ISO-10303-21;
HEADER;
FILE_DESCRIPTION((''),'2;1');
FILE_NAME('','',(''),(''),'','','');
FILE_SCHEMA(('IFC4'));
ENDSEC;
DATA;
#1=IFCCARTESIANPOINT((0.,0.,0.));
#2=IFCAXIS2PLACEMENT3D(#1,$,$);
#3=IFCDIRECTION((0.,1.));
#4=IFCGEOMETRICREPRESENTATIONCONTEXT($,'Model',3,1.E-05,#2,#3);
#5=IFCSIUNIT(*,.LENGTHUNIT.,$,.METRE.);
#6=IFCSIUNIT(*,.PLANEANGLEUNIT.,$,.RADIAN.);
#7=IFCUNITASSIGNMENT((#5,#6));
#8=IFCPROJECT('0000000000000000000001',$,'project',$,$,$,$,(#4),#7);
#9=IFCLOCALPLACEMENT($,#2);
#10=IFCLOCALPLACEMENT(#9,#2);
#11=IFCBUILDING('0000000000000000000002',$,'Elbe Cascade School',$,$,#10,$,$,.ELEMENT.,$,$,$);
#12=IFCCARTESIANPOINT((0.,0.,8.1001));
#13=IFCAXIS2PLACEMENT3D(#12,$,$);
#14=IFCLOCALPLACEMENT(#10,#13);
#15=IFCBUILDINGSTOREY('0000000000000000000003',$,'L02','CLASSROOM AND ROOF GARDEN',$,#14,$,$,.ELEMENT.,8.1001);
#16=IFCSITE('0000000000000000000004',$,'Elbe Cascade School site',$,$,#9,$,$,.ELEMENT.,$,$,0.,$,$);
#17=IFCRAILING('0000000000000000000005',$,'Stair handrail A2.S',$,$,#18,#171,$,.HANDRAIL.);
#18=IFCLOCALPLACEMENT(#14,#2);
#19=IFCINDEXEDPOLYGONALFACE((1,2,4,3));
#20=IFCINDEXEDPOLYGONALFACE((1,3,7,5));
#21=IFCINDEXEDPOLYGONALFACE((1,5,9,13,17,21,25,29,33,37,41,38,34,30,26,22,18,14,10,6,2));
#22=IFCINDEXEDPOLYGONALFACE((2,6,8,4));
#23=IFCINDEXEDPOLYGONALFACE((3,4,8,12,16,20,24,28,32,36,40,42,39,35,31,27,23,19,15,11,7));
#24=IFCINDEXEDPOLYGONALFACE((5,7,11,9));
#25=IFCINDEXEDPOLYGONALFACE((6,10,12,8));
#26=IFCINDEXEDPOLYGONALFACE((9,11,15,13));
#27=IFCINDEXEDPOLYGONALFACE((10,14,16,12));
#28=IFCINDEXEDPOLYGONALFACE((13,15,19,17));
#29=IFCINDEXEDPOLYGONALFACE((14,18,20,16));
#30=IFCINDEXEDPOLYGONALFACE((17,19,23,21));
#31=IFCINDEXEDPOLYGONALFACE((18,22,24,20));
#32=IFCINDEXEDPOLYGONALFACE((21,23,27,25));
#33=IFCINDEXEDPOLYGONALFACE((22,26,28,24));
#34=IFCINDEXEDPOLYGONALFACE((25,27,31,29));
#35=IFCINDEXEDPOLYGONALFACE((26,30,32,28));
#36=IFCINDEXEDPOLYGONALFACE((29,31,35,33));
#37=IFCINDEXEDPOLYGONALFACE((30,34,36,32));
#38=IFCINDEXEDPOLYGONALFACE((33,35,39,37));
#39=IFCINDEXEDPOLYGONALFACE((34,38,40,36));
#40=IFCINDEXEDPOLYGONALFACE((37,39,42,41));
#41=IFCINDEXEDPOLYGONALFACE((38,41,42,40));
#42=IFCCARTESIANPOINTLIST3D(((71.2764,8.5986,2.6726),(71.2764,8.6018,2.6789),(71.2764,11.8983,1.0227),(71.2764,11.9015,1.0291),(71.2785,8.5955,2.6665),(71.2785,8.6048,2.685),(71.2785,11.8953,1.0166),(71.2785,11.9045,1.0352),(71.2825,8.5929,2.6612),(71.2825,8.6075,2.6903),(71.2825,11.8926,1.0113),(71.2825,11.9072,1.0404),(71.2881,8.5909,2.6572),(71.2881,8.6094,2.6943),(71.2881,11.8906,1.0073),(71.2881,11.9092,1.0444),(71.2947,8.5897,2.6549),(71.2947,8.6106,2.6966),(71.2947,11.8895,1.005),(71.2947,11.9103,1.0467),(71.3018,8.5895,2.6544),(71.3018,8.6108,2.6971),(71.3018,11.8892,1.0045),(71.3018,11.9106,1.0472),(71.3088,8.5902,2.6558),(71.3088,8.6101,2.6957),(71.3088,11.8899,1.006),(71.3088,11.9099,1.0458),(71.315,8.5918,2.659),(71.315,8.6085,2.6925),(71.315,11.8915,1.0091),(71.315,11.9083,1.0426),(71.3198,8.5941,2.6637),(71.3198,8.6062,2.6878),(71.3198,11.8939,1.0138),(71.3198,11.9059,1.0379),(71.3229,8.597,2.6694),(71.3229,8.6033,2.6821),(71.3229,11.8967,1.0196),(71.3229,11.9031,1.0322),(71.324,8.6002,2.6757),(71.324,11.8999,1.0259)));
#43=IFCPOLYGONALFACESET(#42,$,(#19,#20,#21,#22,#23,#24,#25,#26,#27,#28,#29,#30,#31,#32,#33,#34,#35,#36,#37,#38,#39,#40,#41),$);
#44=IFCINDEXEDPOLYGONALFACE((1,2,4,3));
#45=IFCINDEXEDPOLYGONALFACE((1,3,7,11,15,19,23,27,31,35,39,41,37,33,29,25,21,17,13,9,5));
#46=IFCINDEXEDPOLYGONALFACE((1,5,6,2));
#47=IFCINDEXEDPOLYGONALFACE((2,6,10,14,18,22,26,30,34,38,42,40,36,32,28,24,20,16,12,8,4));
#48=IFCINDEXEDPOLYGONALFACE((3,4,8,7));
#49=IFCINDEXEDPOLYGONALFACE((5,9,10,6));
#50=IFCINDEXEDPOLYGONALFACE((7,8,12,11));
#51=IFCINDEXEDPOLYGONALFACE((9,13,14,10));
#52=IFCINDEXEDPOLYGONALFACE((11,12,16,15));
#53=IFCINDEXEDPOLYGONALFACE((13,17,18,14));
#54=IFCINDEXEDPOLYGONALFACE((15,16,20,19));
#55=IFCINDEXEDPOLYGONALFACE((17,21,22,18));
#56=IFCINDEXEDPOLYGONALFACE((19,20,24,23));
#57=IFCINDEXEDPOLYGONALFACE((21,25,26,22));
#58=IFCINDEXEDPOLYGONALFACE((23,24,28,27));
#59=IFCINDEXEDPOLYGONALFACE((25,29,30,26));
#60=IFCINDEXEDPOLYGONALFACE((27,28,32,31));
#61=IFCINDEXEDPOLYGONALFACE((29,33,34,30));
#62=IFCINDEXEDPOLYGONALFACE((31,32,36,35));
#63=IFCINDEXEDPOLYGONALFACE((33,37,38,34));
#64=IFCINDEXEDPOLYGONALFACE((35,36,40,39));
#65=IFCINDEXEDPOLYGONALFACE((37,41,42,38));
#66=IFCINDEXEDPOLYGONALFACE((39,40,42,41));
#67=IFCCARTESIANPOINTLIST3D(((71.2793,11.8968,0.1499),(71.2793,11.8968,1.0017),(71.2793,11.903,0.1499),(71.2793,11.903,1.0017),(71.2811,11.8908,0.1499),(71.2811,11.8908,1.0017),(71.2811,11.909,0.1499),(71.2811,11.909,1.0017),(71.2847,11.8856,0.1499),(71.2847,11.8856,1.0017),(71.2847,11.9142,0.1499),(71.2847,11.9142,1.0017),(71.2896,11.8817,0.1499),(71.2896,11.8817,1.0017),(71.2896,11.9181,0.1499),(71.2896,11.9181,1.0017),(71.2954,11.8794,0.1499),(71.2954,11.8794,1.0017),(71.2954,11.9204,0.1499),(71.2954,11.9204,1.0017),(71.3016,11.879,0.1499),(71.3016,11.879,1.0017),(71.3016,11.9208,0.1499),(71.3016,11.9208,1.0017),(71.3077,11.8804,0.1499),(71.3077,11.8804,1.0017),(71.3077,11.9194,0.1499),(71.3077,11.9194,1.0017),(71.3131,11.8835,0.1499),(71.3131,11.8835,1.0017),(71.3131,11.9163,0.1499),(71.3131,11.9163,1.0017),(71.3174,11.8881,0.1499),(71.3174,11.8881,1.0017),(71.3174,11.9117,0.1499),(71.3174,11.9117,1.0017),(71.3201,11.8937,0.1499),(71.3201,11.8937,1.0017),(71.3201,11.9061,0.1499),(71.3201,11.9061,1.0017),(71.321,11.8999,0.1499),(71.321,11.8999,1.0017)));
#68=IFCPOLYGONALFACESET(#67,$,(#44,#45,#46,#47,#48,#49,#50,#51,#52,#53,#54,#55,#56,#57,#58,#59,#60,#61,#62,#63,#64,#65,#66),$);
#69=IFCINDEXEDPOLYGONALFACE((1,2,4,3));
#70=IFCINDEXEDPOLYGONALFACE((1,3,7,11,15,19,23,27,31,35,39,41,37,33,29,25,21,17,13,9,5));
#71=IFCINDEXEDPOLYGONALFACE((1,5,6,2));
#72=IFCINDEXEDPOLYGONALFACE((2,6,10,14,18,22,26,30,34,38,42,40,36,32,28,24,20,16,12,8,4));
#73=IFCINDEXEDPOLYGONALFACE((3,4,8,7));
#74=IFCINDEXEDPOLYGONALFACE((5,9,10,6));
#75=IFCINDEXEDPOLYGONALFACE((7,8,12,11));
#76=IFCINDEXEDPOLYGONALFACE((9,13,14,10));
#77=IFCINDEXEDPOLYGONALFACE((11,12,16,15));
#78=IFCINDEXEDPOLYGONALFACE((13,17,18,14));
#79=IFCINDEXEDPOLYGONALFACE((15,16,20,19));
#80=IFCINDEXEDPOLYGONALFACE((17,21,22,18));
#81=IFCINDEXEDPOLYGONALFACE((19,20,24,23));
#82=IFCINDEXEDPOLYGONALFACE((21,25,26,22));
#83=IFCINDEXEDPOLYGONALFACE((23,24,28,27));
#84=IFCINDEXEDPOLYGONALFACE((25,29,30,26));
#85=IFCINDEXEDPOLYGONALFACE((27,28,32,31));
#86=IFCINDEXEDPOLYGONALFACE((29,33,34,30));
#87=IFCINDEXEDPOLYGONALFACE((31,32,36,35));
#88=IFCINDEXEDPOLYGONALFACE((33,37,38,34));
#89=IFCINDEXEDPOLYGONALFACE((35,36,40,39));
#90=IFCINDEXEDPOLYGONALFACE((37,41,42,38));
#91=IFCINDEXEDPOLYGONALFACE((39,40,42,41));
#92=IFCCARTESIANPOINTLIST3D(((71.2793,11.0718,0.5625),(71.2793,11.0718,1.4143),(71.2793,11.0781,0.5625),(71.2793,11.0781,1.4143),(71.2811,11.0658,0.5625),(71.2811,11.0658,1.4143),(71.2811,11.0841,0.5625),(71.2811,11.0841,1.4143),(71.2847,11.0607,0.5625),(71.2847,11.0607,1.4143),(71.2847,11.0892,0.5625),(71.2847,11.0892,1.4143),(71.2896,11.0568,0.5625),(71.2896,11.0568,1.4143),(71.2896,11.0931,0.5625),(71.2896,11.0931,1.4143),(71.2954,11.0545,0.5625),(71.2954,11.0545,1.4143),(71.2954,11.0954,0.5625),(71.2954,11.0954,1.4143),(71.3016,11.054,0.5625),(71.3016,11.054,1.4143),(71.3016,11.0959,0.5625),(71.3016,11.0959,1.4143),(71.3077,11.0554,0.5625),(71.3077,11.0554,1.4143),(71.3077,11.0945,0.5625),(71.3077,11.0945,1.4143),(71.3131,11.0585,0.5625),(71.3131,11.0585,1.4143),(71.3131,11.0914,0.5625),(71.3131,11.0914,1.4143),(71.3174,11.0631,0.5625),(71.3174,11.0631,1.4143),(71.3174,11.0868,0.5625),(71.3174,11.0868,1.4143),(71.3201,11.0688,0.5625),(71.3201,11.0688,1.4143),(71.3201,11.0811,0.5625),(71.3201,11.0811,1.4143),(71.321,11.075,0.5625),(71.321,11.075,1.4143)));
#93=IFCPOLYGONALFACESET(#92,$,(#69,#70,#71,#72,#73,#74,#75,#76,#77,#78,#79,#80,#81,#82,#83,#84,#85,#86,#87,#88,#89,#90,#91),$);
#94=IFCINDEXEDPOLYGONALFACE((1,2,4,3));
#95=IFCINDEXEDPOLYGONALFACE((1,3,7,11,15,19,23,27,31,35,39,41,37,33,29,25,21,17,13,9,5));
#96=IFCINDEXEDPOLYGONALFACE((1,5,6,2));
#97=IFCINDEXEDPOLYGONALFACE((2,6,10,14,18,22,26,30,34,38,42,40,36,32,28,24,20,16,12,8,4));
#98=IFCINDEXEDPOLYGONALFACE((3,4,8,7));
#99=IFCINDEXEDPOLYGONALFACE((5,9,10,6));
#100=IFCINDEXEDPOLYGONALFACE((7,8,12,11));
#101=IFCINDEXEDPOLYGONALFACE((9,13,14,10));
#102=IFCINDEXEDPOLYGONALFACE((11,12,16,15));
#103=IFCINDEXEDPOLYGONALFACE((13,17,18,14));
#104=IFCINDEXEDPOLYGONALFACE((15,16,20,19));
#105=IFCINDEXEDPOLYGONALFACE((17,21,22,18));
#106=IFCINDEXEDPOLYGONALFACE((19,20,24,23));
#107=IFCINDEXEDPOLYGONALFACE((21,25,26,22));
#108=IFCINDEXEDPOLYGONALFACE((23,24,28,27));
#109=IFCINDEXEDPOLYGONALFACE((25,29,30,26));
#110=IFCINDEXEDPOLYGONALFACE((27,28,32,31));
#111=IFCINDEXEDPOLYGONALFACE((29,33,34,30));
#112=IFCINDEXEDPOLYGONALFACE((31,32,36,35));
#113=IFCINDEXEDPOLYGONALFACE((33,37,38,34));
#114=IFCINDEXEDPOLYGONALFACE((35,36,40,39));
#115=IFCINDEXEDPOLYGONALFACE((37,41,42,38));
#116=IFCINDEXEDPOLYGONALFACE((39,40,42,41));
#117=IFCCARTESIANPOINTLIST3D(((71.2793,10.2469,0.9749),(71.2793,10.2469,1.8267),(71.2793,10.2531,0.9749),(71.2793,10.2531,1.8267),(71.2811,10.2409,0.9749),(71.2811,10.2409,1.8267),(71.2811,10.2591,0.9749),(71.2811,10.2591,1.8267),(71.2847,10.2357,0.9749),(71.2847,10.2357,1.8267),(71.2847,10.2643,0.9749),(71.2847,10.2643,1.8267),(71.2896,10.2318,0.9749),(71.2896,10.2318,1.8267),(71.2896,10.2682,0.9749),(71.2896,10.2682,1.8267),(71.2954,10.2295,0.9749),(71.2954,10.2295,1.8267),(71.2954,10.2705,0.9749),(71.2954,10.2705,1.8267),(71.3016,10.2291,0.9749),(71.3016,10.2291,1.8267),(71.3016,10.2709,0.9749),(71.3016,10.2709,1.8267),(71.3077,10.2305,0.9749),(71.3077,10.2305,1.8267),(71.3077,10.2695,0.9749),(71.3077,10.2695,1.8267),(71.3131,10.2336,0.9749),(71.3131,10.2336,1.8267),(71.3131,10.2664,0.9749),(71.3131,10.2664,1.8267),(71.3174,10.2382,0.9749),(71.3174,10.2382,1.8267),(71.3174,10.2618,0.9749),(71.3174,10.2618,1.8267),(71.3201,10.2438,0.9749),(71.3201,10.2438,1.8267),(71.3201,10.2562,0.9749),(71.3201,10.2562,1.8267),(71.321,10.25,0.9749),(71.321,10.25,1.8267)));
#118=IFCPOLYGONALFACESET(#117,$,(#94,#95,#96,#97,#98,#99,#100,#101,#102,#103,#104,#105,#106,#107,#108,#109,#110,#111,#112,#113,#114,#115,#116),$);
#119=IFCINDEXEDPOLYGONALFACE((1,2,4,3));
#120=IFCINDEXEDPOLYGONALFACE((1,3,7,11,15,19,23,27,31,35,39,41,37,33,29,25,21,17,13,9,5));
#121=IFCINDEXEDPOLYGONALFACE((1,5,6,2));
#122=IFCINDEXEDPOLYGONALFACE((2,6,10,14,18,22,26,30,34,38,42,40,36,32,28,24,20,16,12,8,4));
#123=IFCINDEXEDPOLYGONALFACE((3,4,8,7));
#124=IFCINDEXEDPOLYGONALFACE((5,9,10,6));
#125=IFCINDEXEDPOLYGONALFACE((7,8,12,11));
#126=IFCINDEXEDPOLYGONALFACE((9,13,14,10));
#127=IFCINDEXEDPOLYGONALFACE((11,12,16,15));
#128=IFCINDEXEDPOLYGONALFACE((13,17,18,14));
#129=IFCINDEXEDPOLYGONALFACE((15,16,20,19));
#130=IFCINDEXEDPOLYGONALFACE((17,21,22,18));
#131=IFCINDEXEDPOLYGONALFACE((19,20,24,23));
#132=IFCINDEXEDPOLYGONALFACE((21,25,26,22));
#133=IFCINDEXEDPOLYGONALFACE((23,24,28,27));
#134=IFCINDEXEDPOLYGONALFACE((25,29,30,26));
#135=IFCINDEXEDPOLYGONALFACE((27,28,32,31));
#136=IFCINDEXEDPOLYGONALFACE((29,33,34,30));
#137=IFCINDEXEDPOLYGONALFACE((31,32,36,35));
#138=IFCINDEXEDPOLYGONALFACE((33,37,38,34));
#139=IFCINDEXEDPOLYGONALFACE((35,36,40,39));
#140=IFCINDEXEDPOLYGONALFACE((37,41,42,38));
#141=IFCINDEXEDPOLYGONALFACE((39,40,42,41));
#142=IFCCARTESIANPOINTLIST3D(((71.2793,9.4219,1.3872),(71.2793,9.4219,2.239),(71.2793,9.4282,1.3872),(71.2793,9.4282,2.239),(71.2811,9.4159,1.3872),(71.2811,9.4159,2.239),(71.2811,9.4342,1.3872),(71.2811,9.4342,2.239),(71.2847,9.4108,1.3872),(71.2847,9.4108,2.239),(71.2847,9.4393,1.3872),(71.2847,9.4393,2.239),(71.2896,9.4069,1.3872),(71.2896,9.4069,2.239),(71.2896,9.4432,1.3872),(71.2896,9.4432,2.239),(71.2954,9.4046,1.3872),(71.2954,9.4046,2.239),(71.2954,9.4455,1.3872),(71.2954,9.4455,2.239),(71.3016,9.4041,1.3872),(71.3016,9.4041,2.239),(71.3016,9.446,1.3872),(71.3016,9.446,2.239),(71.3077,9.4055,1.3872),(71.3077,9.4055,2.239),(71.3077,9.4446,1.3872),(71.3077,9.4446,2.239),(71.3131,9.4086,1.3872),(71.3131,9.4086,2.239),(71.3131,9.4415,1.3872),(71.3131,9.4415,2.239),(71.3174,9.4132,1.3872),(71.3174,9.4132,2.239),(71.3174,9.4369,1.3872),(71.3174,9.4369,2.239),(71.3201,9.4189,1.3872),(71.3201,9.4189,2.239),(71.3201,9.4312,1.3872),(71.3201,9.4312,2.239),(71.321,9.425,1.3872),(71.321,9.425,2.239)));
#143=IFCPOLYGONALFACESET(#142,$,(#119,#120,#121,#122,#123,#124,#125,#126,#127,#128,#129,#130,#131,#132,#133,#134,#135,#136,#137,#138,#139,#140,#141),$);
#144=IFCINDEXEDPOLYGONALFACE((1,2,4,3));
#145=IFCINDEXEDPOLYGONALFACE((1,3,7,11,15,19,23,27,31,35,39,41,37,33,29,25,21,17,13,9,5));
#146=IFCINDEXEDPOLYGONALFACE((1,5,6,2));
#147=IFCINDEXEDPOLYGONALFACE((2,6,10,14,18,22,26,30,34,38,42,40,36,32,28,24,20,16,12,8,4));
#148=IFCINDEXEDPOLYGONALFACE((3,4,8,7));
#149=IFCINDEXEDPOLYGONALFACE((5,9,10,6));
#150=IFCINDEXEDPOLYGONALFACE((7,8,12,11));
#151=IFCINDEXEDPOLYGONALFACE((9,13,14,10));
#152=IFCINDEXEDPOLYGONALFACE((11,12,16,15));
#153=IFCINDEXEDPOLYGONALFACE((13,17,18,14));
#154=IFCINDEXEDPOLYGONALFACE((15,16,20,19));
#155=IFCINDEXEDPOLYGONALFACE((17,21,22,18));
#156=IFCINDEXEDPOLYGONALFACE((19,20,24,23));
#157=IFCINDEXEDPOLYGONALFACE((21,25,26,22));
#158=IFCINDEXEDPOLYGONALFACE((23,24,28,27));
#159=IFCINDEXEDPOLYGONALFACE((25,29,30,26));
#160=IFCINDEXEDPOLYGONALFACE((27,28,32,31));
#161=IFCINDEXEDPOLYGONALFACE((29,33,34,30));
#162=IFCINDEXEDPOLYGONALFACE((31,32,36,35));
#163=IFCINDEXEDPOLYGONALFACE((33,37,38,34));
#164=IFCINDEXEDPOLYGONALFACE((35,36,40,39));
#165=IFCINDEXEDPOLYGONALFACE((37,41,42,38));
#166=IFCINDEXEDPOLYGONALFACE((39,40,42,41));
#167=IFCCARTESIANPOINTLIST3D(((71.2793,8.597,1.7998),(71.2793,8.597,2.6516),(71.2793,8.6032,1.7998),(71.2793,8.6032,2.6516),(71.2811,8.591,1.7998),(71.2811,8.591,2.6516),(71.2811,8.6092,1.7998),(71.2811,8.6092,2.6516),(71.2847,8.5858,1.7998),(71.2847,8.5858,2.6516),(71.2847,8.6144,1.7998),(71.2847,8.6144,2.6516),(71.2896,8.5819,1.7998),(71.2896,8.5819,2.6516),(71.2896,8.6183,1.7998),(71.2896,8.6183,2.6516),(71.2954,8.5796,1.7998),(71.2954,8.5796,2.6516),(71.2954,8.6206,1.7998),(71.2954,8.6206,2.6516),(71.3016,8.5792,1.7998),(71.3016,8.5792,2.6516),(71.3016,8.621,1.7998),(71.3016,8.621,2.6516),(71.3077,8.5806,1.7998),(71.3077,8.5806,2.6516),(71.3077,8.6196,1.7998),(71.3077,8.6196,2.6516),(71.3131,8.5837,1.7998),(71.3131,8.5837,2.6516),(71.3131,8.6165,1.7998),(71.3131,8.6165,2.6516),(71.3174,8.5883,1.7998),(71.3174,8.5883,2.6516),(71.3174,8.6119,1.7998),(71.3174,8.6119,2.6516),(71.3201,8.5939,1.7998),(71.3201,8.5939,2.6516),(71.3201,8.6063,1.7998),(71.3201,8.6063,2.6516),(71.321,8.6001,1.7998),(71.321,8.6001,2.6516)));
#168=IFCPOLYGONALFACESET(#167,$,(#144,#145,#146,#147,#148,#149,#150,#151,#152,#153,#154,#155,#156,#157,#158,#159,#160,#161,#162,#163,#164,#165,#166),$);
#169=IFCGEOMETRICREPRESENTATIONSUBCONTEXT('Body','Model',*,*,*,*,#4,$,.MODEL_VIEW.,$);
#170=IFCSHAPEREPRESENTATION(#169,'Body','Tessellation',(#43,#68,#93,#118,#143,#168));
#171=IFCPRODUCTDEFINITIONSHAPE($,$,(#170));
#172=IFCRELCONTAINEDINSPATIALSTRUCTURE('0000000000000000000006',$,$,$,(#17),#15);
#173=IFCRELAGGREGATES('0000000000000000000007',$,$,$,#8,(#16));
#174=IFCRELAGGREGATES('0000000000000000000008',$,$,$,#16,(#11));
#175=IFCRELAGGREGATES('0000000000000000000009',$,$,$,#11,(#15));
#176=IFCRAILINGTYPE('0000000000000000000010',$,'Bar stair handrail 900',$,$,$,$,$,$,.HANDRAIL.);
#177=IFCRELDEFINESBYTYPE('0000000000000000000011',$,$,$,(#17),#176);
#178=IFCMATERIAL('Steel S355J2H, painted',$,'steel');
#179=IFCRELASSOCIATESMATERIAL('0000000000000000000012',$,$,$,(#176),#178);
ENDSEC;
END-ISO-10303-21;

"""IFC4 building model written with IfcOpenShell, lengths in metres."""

from ifc_helpers import new_model, si_unit, direction, frame, origin, origin_2d, place, context, subcontext, project, spatial, circle, extrude, material, type_object, element, save


model = new_model("IFC4")

# Units and contexts
model_context = context("Model", 3, precision=1e-05, world=origin(), true_north=direction((0.0, 1.0)))
body_context = subcontext(model_context, "Body", "Model", "MODEL_VIEW")
ifc_project = project(units=[si_unit("LENGTHUNIT", "METRE"), si_unit("PLANEANGLEUNIT", "RADIAN")], contexts=[model_context])

# Site, building, storey
site_placement = place(None, origin())
site = spatial("IfcSite", under=ifc_project, at=site_placement, Name="Elbe Cascade School site", CompositionType="ELEMENT", RefElevation=0.0)
building_placement = place(site_placement, origin())
building = spatial("IfcBuilding", under=site, at=building_placement, Name="Elbe Cascade School", CompositionType="ELEMENT")
storey_placement = place(building_placement, frame((0.0, 0.0, 8.1001)))
storey = spatial("IfcBuildingStorey", under=building, at=storey_placement, Name="L02", Description="CLASSROOM AND ROOF GARDEN", CompositionType="ELEMENT", Elevation=8.1001)

# Railing
ifc_material_1 = material(Name="Steel S355J2H, painted", Category="steel")
railing_type_1 = type_object("IfcRailingType", Name="Bar stair handrail 900", PredefinedType="HANDRAIL", material=ifc_material_1)
railing_1_placement = place(storey_placement, frame((71.3, 11.8999, 0.1499)))
element("IfcRailing", 1, at=railing_1_placement, inside=storey, type_object=railing_type_1, Name="Stair handrail A2.S", PredefinedType="HANDRAIL", context=body_context, shape_type="SweptSolid", body=[
    extrude(circle(Radius=0.0239, at=origin_2d()), frame((0.0, 0.0, 0.876), z_axis=(0.0, -0.894427, 0.447214), x_axis=(1.0, 0.0, 0.0)), (0.0, 0.0, 1.0), 3.6892),
    extrude(circle(Radius=0.021, at=origin_2d()), origin(), (0.0, 0.0, 1.0), 0.8518),
    extrude(circle(Radius=0.021, at=origin_2d()), frame((0.0, -0.825, 0.4126)), (0.0, 0.0, 1.0), 0.8518),
    extrude(circle(Radius=0.021, at=origin_2d()), frame((0.0, -1.6499, 0.825)), (0.0, 0.0, 1.0), 0.8518),
    extrude(circle(Radius=0.021, at=origin_2d()), frame((0.0, -2.4749, 1.2373)), (0.0, 0.0, 1.0), 0.8518),
    extrude(circle(Radius=0.021, at=origin_2d()), frame((0.0, -3.2998, 1.6499)), (0.0, 0.0, 1.0), 0.8518),
])

save(model, "model.ifc")
